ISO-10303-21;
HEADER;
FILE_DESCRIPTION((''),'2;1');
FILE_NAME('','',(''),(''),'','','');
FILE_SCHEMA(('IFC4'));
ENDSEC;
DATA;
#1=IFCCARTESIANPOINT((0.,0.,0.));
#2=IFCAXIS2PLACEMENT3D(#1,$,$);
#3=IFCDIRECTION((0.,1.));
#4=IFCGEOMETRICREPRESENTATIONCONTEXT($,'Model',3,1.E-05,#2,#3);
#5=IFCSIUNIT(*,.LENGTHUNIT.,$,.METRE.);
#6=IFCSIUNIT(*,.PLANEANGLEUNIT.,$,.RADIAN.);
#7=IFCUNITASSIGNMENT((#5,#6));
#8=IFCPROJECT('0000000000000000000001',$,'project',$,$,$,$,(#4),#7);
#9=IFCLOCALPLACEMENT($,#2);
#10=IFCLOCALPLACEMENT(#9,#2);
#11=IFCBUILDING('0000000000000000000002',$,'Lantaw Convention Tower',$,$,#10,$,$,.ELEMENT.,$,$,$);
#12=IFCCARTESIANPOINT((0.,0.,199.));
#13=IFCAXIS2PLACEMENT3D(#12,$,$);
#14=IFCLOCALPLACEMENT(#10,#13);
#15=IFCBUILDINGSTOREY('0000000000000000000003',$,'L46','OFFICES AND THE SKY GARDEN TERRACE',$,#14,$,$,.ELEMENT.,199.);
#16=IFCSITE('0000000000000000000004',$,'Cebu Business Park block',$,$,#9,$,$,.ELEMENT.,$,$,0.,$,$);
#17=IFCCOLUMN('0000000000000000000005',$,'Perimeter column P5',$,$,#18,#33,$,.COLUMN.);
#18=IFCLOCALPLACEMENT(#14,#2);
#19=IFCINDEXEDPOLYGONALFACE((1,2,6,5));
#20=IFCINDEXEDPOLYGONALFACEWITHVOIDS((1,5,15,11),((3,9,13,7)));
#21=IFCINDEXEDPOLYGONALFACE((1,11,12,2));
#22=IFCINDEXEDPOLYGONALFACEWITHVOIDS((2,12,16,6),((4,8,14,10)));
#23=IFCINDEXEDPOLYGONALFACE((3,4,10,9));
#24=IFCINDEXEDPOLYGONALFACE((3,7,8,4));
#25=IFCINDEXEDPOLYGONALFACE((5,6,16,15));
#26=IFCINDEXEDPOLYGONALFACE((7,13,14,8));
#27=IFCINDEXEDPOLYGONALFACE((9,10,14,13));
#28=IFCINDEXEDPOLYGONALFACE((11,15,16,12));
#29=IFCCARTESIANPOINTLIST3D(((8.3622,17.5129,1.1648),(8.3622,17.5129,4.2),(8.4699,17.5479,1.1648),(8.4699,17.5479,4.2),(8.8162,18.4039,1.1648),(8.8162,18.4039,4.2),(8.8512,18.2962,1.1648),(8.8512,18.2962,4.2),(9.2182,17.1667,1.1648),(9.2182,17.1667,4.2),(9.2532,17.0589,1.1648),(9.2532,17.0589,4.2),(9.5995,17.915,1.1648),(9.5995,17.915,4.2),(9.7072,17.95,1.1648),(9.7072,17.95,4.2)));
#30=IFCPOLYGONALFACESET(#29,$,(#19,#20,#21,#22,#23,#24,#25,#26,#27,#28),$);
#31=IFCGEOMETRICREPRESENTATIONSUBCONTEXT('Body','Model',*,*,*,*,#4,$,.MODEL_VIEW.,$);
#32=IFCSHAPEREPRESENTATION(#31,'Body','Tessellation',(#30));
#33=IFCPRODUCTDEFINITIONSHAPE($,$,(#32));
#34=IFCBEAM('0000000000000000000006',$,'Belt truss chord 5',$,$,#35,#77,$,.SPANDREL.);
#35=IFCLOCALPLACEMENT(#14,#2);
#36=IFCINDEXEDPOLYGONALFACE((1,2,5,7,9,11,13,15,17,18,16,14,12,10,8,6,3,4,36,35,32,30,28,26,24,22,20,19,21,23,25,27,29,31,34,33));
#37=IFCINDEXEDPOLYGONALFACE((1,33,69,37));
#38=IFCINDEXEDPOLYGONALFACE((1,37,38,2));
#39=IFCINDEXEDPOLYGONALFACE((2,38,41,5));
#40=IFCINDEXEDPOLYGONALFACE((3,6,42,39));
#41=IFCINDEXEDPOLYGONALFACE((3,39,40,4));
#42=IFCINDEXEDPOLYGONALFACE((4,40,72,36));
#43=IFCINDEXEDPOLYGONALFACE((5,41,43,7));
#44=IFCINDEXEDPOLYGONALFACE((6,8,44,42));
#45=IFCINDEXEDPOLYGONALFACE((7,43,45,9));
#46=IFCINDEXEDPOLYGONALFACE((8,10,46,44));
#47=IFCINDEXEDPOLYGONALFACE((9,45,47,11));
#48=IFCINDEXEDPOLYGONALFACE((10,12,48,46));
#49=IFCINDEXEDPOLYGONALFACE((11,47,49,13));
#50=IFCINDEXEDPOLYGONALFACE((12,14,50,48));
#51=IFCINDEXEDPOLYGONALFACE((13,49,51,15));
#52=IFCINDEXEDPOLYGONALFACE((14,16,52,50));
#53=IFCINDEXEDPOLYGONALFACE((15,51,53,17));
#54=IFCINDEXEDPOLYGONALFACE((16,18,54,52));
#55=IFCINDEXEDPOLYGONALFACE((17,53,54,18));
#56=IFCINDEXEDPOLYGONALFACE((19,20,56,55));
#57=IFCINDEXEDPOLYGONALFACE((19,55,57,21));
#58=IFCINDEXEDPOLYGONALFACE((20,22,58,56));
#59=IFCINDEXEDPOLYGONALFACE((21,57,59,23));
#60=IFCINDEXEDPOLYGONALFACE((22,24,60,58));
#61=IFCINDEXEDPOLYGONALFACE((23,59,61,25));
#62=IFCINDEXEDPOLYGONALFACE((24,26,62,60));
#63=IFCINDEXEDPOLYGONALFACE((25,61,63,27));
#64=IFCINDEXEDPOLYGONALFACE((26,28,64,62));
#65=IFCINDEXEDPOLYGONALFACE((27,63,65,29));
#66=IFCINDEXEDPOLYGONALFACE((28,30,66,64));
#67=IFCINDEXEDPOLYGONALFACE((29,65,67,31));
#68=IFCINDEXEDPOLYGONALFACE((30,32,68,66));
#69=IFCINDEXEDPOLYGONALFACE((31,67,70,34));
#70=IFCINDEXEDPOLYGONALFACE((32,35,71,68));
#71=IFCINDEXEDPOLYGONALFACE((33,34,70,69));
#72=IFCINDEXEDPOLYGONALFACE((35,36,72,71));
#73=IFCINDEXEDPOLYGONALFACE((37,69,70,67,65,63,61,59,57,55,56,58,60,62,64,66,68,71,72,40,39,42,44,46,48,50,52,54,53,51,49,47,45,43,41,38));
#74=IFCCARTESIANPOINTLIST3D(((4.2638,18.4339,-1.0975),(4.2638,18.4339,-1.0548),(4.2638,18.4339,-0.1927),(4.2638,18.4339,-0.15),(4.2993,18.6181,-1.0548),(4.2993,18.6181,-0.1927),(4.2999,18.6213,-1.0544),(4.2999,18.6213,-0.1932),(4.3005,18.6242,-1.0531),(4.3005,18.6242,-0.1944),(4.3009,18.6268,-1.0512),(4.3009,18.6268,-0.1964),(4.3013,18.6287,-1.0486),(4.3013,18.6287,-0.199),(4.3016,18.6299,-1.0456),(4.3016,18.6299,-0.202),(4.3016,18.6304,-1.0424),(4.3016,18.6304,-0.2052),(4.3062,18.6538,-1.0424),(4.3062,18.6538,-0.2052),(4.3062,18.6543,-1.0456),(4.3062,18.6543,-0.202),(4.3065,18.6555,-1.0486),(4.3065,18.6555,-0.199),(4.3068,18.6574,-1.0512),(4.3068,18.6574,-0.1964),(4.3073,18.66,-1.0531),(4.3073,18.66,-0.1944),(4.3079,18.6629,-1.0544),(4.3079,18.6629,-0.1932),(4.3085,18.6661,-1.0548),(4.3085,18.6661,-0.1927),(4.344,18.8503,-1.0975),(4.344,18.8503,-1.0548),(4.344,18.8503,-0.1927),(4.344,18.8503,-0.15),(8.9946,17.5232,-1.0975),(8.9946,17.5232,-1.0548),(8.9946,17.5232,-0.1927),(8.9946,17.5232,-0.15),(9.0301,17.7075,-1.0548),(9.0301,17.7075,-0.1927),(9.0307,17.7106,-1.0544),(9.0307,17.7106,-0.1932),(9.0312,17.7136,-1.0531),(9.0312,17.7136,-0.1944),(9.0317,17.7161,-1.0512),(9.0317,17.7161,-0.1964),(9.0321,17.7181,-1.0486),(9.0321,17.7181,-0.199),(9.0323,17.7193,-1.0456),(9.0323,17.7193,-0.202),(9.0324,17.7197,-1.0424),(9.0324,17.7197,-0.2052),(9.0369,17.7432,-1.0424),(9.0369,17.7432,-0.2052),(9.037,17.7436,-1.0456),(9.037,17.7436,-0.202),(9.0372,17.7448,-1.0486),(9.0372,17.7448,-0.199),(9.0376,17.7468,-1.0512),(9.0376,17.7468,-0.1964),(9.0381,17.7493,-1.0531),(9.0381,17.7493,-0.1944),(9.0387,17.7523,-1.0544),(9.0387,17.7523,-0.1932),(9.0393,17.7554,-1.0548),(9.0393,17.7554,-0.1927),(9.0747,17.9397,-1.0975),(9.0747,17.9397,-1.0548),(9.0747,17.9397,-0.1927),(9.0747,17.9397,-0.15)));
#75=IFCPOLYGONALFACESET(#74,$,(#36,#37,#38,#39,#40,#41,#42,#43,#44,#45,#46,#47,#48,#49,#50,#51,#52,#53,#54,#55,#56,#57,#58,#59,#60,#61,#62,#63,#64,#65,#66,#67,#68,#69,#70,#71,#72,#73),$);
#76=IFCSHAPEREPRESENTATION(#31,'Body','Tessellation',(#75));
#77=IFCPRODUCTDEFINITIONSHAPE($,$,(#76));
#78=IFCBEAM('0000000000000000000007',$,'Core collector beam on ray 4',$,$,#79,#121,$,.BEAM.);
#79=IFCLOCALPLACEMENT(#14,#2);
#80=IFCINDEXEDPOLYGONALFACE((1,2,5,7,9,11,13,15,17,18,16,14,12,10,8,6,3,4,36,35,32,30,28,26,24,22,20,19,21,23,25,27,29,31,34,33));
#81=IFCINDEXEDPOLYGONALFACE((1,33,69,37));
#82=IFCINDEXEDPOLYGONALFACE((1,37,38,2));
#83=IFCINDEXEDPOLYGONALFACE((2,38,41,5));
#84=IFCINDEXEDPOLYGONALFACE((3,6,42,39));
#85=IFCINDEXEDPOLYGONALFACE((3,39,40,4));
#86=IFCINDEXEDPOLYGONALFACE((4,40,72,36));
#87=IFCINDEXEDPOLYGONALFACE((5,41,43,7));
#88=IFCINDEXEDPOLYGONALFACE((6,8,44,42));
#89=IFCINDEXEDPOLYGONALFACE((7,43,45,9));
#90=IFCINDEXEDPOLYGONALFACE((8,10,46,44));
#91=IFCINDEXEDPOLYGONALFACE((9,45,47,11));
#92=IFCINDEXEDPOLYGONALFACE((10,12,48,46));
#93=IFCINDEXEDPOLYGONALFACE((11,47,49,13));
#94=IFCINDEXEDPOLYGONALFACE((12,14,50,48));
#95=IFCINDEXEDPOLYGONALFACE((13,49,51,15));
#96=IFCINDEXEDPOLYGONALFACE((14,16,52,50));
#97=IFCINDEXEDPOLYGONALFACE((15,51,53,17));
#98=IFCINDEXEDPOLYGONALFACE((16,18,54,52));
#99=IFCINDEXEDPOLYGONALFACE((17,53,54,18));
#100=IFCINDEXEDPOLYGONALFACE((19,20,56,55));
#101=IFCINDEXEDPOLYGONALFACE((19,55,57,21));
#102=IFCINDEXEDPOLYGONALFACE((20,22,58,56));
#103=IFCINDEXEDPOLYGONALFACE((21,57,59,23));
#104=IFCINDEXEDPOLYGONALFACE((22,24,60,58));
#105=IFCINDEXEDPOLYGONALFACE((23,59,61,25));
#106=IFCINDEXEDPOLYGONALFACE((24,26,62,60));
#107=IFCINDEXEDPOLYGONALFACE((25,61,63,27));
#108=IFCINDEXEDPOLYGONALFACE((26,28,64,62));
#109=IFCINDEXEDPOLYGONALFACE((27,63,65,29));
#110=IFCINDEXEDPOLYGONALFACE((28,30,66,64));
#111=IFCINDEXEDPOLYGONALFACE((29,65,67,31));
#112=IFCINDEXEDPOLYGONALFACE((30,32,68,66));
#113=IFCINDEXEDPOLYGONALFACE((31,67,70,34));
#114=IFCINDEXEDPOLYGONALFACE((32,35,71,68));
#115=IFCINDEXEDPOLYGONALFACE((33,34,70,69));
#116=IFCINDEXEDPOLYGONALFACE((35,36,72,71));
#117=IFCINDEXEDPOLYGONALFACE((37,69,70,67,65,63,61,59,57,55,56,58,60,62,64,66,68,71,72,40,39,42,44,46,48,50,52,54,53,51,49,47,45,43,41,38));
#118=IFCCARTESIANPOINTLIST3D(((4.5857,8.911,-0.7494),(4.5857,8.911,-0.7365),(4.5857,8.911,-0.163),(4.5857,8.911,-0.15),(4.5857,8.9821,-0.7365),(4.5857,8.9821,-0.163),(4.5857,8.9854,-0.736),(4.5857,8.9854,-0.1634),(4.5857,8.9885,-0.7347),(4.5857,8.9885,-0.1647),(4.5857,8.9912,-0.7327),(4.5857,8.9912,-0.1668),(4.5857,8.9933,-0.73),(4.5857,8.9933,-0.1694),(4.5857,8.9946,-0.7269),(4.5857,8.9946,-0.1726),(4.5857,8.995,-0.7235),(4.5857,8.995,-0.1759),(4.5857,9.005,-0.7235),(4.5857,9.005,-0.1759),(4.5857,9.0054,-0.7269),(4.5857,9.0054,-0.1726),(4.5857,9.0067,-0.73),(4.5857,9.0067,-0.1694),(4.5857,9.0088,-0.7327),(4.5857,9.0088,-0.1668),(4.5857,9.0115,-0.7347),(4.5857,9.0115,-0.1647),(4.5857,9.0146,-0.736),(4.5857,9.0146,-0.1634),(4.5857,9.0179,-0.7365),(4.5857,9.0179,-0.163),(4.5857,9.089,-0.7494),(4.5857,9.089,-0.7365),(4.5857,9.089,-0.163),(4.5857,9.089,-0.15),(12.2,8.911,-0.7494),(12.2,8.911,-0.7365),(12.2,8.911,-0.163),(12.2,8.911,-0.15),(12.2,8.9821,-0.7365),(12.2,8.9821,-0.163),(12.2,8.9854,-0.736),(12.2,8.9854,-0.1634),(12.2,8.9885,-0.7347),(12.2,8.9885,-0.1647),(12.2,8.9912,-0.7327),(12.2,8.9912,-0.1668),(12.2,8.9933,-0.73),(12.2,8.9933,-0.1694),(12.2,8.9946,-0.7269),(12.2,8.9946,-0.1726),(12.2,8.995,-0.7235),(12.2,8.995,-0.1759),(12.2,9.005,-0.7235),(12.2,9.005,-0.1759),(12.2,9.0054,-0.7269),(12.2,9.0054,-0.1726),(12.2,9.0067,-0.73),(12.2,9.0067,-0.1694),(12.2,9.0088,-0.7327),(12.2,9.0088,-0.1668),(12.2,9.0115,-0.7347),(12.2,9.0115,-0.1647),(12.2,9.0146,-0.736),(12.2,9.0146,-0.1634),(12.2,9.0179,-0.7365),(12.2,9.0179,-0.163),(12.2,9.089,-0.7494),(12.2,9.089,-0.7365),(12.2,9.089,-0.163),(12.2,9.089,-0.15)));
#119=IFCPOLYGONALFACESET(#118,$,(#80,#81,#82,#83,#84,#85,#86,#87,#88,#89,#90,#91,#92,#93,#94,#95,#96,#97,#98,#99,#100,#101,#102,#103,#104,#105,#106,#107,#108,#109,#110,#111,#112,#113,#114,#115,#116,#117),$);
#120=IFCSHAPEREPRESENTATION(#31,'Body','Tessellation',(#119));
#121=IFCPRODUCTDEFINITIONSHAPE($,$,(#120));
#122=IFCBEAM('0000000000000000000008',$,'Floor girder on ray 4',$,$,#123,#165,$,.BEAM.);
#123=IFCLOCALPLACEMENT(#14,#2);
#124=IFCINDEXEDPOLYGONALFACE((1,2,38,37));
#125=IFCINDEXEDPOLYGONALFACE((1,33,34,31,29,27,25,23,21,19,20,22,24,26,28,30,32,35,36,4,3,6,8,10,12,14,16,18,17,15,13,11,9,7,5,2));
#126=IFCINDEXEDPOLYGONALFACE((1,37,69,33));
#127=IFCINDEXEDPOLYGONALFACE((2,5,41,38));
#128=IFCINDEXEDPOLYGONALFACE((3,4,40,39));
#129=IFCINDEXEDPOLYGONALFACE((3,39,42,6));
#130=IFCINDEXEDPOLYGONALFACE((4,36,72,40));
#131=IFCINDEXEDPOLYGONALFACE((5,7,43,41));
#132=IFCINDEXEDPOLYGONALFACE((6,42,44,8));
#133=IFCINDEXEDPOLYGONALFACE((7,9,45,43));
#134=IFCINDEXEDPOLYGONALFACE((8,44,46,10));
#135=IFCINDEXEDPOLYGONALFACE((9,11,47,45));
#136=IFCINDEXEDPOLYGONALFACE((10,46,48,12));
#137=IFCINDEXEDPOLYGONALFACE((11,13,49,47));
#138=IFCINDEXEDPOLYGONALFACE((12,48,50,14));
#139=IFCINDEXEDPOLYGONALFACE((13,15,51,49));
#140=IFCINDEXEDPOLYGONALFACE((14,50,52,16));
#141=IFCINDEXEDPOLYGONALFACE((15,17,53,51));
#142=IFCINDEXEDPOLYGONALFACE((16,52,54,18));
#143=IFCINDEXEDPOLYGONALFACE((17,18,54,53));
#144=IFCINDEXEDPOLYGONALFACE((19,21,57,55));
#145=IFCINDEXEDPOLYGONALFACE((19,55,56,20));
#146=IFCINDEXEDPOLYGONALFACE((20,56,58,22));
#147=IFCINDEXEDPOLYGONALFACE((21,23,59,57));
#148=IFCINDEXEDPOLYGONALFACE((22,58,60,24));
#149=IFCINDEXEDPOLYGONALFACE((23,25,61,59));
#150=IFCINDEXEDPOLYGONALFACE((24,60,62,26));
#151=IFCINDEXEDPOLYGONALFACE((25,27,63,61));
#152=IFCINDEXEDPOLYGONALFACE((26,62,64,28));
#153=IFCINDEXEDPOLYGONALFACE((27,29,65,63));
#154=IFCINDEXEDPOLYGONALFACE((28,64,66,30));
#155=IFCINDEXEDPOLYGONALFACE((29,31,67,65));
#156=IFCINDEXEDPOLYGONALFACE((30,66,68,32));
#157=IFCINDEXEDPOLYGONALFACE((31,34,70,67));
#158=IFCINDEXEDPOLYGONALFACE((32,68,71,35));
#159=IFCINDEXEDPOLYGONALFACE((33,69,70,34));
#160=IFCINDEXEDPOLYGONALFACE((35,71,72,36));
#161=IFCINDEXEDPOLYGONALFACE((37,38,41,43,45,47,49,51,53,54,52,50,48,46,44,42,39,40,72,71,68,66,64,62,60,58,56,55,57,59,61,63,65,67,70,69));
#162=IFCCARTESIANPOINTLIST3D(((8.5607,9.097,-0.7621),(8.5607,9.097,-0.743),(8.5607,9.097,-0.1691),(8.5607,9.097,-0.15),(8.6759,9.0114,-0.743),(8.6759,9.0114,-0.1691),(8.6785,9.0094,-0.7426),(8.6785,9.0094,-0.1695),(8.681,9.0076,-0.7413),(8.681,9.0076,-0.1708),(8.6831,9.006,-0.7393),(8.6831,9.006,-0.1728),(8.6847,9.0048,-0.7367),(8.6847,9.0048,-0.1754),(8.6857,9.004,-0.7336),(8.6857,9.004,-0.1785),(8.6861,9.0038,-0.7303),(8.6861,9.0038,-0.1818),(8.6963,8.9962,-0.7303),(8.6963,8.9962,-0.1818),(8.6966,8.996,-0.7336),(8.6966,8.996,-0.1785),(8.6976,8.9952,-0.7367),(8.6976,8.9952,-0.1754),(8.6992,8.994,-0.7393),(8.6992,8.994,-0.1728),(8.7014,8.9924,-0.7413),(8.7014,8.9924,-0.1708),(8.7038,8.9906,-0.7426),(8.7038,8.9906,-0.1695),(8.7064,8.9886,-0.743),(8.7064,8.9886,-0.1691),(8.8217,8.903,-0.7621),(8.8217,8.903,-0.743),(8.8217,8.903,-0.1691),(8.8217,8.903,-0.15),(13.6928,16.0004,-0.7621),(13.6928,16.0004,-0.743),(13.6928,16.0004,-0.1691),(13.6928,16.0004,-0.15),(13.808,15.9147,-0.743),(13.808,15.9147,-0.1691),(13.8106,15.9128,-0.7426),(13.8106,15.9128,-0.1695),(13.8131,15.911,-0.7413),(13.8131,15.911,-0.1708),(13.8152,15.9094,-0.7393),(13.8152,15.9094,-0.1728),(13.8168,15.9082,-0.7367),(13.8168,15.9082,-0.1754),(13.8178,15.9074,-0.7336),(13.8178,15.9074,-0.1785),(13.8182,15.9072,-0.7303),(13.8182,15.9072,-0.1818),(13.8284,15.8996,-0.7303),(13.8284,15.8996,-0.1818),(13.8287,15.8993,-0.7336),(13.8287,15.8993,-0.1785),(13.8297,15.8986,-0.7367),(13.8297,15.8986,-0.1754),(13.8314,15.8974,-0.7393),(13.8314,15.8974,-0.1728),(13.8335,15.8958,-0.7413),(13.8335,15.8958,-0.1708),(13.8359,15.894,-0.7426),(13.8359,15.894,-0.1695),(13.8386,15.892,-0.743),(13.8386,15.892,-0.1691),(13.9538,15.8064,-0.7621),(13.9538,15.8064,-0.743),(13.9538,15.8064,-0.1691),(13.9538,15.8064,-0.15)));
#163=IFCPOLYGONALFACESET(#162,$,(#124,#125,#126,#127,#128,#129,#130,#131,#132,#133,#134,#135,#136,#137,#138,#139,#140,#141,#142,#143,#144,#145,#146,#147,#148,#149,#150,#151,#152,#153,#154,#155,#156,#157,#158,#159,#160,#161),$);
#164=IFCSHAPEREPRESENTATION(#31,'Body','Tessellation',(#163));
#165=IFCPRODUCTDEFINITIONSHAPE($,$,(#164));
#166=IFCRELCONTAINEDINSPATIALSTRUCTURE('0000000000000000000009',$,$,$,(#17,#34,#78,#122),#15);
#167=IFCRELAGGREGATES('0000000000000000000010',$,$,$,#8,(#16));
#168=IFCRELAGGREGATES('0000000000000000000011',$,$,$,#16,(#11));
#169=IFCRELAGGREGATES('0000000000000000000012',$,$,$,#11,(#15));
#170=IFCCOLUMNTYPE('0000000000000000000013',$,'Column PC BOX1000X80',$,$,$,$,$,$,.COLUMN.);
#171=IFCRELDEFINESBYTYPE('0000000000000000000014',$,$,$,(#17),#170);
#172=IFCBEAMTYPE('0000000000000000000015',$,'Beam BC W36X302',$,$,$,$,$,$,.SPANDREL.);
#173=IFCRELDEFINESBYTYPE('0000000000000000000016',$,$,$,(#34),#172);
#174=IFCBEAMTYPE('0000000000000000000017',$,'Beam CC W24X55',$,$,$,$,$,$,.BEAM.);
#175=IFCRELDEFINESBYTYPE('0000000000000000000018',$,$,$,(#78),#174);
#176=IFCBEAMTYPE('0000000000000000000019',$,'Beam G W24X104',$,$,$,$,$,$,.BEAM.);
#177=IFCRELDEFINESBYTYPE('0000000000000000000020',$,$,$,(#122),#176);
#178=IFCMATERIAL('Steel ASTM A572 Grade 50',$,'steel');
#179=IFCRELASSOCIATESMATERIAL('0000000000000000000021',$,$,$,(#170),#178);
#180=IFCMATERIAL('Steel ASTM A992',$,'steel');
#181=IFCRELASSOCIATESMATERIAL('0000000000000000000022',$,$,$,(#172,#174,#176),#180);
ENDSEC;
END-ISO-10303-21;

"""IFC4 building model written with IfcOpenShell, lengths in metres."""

from ifc_helpers import new_model, si_unit, direction, frame, origin, origin_2d, place, context, subcontext, project, spatial, rectangle, hollow_rectangle, i_section, extrude, material, material_profile, profile_set, type_object, element, save


model = new_model("IFC4")

# Units and contexts
model_context = context("Model", 3, precision=1e-05, world=origin(), true_north=direction((0.0, 1.0)))
body_context = subcontext(model_context, "Body", "Model", "MODEL_VIEW")
ifc_project = project(units=[si_unit("LENGTHUNIT", "METRE"), si_unit("PLANEANGLEUNIT", "RADIAN")], contexts=[model_context])

# Site, building, storey
site_placement = place(None, origin())
site = spatial("IfcSite", under=ifc_project, at=site_placement, Name="Cebu Business Park block", CompositionType="ELEMENT", RefElevation=0.0)
building_placement = place(site_placement, origin())
building = spatial("IfcBuilding", under=site, at=building_placement, Name="Lantaw Convention Tower", CompositionType="ELEMENT")
storey_placement = place(building_placement, frame((0.0, 0.0, 199.0)))
storey = spatial("IfcBuildingStorey", under=building, at=storey_placement, Name="L46", Description="OFFICES AND THE SKY GARDEN TERRACE", CompositionType="ELEMENT", Elevation=199.0)

# Column
ifc_material_1 = material(Name="Steel ASTM A572 Grade 50", Category="steel")
ifc_material_profile_1 = material_profile(ifc_material_1, hollow_rectangle(XDim=1.0, YDim=1.0, WallThickness=0.0801, at=origin_2d()), Name="BOX1000X80")
ifc_material_2 = material(Name="Concrete C60/75", Category="concrete")
ifc_material_profile_2 = material_profile(ifc_material_2, rectangle(XDim=0.8401, YDim=0.8401, at=origin_2d()), Name="Concrete fill of BOX1000X80")
ifc_profile_set_1 = profile_set([ifc_material_profile_1, ifc_material_profile_2], Name="Steel ASTM A572 Grade 50")
column_type = type_object("IfcColumnType", Name="Column PC BOX1000X80", PredefinedType="COLUMN", material=ifc_profile_set_1)
column_placement = place(storey_placement, frame((9.0347, 17.7314, 1.1648), z_axis=(0.0, 0.0, 1.0), x_axis=(0.45399, 0.891007, 0.0)))
element("IfcColumn", 1, at=column_placement, inside=storey, type_object=column_type, Name="Perimeter column P5", PredefinedType="COLUMN", context=body_context, shape_type="SweptSolid", body=[
    extrude(hollow_rectangle(XDim=1.0, YDim=1.0, WallThickness=0.0801, at=origin_2d()), origin(), (0.0, 0.0, 1.0), 3.0352),
])

# Beams
ifc_material_3 = material(Name="Steel ASTM A992", Category="steel")
ifc_material_profile_3 = material_profile(ifc_material_3, i_section(OverallWidth=0.4241, OverallDepth=0.9475, WebThickness=0.0239, FlangeThickness=0.0427, FilletRadius=0.0125, at=origin_2d()), Name="W36X302")
ifc_profile_set_2 = profile_set([ifc_material_profile_3], Name="Steel ASTM A992")
beam_type_1 = type_object("IfcBeamType", Name="Beam BC W36X302", PredefinedType="SPANDREL", material=ifc_profile_set_2)
beam_1_placement = place(storey_placement, frame((9.0347, 17.7314, -0.6238), z_axis=(-0.981972, 0.189026, 0.0), x_axis=(-0.189026, -0.981972, 0.0)))
element("IfcBeam", 2, at=beam_1_placement, inside=storey, type_object=beam_type_1, Name="Belt truss chord 5", PredefinedType="SPANDREL", context=body_context, shape_type="SweptSolid", body=[
    extrude(i_section(OverallWidth=0.4241, OverallDepth=0.9475, WebThickness=0.0239, FlangeThickness=0.0427, FilletRadius=0.0125, at=origin_2d()), origin(), (0.0, 0.0, 1.0), 4.8176),
])
ifc_material_profile_4 = material_profile(ifc_material_3, i_section(OverallWidth=0.178, OverallDepth=0.5994, WebThickness=0.01, FlangeThickness=0.0129, FilletRadius=0.0129, at=origin_2d()), Name="W24X55")
ifc_profile_set_3 = profile_set([ifc_material_profile_4], Name="Steel ASTM A992")
beam_type_2 = type_object("IfcBeamType", Name="Beam CC W24X55", PredefinedType="BEAM", material=ifc_profile_set_3)
beam_2_placement = place(storey_placement, frame((12.2, 9.0, -0.4497), z_axis=(-1.0, 0.0, 0.0), x_axis=(0.0, -1.0, 0.0)))
element("IfcBeam", 3, at=beam_2_placement, inside=storey, type_object=beam_type_2, Name="Core collector beam on ray 4", PredefinedType="BEAM", context=body_context, shape_type="SweptSolid", body=[
    extrude(i_section(OverallWidth=0.178, OverallDepth=0.5994, WebThickness=0.01, FlangeThickness=0.0129, FilletRadius=0.0129, at=origin_2d()), origin(), (0.0, 0.0, 1.0), 7.6143),
])
ifc_material_profile_5 = material_profile(ifc_material_3, i_section(OverallWidth=0.3252, OverallDepth=0.6121, WebThickness=0.0127, FlangeThickness=0.019, FilletRadius=0.0127, at=origin_2d()), Name="W24X104")
ifc_profile_set_4 = profile_set([ifc_material_profile_5], Name="Steel ASTM A992")
beam_type_3 = type_object("IfcBeamType", Name="Beam G W24X104", PredefinedType="BEAM", material=ifc_profile_set_4)
beam_3_placement = place(storey_placement, frame((8.6912, 9.0, -0.4561), z_axis=(0.596616, 0.802527, 0.0), x_axis=(-0.802527, 0.596616, 0.0)))
element("IfcBeam", 4, at=beam_3_placement, inside=storey, type_object=beam_type_3, Name="Floor girder on ray 4", PredefinedType="BEAM", context=body_context, shape_type="SweptSolid", body=[
    extrude(i_section(OverallWidth=0.3252, OverallDepth=0.6121, WebThickness=0.0127, FlangeThickness=0.019, FilletRadius=0.0127, at=origin_2d()), origin(), (0.0, 0.0, 1.0), 8.6021),
])

save(model, "model.ifc")
